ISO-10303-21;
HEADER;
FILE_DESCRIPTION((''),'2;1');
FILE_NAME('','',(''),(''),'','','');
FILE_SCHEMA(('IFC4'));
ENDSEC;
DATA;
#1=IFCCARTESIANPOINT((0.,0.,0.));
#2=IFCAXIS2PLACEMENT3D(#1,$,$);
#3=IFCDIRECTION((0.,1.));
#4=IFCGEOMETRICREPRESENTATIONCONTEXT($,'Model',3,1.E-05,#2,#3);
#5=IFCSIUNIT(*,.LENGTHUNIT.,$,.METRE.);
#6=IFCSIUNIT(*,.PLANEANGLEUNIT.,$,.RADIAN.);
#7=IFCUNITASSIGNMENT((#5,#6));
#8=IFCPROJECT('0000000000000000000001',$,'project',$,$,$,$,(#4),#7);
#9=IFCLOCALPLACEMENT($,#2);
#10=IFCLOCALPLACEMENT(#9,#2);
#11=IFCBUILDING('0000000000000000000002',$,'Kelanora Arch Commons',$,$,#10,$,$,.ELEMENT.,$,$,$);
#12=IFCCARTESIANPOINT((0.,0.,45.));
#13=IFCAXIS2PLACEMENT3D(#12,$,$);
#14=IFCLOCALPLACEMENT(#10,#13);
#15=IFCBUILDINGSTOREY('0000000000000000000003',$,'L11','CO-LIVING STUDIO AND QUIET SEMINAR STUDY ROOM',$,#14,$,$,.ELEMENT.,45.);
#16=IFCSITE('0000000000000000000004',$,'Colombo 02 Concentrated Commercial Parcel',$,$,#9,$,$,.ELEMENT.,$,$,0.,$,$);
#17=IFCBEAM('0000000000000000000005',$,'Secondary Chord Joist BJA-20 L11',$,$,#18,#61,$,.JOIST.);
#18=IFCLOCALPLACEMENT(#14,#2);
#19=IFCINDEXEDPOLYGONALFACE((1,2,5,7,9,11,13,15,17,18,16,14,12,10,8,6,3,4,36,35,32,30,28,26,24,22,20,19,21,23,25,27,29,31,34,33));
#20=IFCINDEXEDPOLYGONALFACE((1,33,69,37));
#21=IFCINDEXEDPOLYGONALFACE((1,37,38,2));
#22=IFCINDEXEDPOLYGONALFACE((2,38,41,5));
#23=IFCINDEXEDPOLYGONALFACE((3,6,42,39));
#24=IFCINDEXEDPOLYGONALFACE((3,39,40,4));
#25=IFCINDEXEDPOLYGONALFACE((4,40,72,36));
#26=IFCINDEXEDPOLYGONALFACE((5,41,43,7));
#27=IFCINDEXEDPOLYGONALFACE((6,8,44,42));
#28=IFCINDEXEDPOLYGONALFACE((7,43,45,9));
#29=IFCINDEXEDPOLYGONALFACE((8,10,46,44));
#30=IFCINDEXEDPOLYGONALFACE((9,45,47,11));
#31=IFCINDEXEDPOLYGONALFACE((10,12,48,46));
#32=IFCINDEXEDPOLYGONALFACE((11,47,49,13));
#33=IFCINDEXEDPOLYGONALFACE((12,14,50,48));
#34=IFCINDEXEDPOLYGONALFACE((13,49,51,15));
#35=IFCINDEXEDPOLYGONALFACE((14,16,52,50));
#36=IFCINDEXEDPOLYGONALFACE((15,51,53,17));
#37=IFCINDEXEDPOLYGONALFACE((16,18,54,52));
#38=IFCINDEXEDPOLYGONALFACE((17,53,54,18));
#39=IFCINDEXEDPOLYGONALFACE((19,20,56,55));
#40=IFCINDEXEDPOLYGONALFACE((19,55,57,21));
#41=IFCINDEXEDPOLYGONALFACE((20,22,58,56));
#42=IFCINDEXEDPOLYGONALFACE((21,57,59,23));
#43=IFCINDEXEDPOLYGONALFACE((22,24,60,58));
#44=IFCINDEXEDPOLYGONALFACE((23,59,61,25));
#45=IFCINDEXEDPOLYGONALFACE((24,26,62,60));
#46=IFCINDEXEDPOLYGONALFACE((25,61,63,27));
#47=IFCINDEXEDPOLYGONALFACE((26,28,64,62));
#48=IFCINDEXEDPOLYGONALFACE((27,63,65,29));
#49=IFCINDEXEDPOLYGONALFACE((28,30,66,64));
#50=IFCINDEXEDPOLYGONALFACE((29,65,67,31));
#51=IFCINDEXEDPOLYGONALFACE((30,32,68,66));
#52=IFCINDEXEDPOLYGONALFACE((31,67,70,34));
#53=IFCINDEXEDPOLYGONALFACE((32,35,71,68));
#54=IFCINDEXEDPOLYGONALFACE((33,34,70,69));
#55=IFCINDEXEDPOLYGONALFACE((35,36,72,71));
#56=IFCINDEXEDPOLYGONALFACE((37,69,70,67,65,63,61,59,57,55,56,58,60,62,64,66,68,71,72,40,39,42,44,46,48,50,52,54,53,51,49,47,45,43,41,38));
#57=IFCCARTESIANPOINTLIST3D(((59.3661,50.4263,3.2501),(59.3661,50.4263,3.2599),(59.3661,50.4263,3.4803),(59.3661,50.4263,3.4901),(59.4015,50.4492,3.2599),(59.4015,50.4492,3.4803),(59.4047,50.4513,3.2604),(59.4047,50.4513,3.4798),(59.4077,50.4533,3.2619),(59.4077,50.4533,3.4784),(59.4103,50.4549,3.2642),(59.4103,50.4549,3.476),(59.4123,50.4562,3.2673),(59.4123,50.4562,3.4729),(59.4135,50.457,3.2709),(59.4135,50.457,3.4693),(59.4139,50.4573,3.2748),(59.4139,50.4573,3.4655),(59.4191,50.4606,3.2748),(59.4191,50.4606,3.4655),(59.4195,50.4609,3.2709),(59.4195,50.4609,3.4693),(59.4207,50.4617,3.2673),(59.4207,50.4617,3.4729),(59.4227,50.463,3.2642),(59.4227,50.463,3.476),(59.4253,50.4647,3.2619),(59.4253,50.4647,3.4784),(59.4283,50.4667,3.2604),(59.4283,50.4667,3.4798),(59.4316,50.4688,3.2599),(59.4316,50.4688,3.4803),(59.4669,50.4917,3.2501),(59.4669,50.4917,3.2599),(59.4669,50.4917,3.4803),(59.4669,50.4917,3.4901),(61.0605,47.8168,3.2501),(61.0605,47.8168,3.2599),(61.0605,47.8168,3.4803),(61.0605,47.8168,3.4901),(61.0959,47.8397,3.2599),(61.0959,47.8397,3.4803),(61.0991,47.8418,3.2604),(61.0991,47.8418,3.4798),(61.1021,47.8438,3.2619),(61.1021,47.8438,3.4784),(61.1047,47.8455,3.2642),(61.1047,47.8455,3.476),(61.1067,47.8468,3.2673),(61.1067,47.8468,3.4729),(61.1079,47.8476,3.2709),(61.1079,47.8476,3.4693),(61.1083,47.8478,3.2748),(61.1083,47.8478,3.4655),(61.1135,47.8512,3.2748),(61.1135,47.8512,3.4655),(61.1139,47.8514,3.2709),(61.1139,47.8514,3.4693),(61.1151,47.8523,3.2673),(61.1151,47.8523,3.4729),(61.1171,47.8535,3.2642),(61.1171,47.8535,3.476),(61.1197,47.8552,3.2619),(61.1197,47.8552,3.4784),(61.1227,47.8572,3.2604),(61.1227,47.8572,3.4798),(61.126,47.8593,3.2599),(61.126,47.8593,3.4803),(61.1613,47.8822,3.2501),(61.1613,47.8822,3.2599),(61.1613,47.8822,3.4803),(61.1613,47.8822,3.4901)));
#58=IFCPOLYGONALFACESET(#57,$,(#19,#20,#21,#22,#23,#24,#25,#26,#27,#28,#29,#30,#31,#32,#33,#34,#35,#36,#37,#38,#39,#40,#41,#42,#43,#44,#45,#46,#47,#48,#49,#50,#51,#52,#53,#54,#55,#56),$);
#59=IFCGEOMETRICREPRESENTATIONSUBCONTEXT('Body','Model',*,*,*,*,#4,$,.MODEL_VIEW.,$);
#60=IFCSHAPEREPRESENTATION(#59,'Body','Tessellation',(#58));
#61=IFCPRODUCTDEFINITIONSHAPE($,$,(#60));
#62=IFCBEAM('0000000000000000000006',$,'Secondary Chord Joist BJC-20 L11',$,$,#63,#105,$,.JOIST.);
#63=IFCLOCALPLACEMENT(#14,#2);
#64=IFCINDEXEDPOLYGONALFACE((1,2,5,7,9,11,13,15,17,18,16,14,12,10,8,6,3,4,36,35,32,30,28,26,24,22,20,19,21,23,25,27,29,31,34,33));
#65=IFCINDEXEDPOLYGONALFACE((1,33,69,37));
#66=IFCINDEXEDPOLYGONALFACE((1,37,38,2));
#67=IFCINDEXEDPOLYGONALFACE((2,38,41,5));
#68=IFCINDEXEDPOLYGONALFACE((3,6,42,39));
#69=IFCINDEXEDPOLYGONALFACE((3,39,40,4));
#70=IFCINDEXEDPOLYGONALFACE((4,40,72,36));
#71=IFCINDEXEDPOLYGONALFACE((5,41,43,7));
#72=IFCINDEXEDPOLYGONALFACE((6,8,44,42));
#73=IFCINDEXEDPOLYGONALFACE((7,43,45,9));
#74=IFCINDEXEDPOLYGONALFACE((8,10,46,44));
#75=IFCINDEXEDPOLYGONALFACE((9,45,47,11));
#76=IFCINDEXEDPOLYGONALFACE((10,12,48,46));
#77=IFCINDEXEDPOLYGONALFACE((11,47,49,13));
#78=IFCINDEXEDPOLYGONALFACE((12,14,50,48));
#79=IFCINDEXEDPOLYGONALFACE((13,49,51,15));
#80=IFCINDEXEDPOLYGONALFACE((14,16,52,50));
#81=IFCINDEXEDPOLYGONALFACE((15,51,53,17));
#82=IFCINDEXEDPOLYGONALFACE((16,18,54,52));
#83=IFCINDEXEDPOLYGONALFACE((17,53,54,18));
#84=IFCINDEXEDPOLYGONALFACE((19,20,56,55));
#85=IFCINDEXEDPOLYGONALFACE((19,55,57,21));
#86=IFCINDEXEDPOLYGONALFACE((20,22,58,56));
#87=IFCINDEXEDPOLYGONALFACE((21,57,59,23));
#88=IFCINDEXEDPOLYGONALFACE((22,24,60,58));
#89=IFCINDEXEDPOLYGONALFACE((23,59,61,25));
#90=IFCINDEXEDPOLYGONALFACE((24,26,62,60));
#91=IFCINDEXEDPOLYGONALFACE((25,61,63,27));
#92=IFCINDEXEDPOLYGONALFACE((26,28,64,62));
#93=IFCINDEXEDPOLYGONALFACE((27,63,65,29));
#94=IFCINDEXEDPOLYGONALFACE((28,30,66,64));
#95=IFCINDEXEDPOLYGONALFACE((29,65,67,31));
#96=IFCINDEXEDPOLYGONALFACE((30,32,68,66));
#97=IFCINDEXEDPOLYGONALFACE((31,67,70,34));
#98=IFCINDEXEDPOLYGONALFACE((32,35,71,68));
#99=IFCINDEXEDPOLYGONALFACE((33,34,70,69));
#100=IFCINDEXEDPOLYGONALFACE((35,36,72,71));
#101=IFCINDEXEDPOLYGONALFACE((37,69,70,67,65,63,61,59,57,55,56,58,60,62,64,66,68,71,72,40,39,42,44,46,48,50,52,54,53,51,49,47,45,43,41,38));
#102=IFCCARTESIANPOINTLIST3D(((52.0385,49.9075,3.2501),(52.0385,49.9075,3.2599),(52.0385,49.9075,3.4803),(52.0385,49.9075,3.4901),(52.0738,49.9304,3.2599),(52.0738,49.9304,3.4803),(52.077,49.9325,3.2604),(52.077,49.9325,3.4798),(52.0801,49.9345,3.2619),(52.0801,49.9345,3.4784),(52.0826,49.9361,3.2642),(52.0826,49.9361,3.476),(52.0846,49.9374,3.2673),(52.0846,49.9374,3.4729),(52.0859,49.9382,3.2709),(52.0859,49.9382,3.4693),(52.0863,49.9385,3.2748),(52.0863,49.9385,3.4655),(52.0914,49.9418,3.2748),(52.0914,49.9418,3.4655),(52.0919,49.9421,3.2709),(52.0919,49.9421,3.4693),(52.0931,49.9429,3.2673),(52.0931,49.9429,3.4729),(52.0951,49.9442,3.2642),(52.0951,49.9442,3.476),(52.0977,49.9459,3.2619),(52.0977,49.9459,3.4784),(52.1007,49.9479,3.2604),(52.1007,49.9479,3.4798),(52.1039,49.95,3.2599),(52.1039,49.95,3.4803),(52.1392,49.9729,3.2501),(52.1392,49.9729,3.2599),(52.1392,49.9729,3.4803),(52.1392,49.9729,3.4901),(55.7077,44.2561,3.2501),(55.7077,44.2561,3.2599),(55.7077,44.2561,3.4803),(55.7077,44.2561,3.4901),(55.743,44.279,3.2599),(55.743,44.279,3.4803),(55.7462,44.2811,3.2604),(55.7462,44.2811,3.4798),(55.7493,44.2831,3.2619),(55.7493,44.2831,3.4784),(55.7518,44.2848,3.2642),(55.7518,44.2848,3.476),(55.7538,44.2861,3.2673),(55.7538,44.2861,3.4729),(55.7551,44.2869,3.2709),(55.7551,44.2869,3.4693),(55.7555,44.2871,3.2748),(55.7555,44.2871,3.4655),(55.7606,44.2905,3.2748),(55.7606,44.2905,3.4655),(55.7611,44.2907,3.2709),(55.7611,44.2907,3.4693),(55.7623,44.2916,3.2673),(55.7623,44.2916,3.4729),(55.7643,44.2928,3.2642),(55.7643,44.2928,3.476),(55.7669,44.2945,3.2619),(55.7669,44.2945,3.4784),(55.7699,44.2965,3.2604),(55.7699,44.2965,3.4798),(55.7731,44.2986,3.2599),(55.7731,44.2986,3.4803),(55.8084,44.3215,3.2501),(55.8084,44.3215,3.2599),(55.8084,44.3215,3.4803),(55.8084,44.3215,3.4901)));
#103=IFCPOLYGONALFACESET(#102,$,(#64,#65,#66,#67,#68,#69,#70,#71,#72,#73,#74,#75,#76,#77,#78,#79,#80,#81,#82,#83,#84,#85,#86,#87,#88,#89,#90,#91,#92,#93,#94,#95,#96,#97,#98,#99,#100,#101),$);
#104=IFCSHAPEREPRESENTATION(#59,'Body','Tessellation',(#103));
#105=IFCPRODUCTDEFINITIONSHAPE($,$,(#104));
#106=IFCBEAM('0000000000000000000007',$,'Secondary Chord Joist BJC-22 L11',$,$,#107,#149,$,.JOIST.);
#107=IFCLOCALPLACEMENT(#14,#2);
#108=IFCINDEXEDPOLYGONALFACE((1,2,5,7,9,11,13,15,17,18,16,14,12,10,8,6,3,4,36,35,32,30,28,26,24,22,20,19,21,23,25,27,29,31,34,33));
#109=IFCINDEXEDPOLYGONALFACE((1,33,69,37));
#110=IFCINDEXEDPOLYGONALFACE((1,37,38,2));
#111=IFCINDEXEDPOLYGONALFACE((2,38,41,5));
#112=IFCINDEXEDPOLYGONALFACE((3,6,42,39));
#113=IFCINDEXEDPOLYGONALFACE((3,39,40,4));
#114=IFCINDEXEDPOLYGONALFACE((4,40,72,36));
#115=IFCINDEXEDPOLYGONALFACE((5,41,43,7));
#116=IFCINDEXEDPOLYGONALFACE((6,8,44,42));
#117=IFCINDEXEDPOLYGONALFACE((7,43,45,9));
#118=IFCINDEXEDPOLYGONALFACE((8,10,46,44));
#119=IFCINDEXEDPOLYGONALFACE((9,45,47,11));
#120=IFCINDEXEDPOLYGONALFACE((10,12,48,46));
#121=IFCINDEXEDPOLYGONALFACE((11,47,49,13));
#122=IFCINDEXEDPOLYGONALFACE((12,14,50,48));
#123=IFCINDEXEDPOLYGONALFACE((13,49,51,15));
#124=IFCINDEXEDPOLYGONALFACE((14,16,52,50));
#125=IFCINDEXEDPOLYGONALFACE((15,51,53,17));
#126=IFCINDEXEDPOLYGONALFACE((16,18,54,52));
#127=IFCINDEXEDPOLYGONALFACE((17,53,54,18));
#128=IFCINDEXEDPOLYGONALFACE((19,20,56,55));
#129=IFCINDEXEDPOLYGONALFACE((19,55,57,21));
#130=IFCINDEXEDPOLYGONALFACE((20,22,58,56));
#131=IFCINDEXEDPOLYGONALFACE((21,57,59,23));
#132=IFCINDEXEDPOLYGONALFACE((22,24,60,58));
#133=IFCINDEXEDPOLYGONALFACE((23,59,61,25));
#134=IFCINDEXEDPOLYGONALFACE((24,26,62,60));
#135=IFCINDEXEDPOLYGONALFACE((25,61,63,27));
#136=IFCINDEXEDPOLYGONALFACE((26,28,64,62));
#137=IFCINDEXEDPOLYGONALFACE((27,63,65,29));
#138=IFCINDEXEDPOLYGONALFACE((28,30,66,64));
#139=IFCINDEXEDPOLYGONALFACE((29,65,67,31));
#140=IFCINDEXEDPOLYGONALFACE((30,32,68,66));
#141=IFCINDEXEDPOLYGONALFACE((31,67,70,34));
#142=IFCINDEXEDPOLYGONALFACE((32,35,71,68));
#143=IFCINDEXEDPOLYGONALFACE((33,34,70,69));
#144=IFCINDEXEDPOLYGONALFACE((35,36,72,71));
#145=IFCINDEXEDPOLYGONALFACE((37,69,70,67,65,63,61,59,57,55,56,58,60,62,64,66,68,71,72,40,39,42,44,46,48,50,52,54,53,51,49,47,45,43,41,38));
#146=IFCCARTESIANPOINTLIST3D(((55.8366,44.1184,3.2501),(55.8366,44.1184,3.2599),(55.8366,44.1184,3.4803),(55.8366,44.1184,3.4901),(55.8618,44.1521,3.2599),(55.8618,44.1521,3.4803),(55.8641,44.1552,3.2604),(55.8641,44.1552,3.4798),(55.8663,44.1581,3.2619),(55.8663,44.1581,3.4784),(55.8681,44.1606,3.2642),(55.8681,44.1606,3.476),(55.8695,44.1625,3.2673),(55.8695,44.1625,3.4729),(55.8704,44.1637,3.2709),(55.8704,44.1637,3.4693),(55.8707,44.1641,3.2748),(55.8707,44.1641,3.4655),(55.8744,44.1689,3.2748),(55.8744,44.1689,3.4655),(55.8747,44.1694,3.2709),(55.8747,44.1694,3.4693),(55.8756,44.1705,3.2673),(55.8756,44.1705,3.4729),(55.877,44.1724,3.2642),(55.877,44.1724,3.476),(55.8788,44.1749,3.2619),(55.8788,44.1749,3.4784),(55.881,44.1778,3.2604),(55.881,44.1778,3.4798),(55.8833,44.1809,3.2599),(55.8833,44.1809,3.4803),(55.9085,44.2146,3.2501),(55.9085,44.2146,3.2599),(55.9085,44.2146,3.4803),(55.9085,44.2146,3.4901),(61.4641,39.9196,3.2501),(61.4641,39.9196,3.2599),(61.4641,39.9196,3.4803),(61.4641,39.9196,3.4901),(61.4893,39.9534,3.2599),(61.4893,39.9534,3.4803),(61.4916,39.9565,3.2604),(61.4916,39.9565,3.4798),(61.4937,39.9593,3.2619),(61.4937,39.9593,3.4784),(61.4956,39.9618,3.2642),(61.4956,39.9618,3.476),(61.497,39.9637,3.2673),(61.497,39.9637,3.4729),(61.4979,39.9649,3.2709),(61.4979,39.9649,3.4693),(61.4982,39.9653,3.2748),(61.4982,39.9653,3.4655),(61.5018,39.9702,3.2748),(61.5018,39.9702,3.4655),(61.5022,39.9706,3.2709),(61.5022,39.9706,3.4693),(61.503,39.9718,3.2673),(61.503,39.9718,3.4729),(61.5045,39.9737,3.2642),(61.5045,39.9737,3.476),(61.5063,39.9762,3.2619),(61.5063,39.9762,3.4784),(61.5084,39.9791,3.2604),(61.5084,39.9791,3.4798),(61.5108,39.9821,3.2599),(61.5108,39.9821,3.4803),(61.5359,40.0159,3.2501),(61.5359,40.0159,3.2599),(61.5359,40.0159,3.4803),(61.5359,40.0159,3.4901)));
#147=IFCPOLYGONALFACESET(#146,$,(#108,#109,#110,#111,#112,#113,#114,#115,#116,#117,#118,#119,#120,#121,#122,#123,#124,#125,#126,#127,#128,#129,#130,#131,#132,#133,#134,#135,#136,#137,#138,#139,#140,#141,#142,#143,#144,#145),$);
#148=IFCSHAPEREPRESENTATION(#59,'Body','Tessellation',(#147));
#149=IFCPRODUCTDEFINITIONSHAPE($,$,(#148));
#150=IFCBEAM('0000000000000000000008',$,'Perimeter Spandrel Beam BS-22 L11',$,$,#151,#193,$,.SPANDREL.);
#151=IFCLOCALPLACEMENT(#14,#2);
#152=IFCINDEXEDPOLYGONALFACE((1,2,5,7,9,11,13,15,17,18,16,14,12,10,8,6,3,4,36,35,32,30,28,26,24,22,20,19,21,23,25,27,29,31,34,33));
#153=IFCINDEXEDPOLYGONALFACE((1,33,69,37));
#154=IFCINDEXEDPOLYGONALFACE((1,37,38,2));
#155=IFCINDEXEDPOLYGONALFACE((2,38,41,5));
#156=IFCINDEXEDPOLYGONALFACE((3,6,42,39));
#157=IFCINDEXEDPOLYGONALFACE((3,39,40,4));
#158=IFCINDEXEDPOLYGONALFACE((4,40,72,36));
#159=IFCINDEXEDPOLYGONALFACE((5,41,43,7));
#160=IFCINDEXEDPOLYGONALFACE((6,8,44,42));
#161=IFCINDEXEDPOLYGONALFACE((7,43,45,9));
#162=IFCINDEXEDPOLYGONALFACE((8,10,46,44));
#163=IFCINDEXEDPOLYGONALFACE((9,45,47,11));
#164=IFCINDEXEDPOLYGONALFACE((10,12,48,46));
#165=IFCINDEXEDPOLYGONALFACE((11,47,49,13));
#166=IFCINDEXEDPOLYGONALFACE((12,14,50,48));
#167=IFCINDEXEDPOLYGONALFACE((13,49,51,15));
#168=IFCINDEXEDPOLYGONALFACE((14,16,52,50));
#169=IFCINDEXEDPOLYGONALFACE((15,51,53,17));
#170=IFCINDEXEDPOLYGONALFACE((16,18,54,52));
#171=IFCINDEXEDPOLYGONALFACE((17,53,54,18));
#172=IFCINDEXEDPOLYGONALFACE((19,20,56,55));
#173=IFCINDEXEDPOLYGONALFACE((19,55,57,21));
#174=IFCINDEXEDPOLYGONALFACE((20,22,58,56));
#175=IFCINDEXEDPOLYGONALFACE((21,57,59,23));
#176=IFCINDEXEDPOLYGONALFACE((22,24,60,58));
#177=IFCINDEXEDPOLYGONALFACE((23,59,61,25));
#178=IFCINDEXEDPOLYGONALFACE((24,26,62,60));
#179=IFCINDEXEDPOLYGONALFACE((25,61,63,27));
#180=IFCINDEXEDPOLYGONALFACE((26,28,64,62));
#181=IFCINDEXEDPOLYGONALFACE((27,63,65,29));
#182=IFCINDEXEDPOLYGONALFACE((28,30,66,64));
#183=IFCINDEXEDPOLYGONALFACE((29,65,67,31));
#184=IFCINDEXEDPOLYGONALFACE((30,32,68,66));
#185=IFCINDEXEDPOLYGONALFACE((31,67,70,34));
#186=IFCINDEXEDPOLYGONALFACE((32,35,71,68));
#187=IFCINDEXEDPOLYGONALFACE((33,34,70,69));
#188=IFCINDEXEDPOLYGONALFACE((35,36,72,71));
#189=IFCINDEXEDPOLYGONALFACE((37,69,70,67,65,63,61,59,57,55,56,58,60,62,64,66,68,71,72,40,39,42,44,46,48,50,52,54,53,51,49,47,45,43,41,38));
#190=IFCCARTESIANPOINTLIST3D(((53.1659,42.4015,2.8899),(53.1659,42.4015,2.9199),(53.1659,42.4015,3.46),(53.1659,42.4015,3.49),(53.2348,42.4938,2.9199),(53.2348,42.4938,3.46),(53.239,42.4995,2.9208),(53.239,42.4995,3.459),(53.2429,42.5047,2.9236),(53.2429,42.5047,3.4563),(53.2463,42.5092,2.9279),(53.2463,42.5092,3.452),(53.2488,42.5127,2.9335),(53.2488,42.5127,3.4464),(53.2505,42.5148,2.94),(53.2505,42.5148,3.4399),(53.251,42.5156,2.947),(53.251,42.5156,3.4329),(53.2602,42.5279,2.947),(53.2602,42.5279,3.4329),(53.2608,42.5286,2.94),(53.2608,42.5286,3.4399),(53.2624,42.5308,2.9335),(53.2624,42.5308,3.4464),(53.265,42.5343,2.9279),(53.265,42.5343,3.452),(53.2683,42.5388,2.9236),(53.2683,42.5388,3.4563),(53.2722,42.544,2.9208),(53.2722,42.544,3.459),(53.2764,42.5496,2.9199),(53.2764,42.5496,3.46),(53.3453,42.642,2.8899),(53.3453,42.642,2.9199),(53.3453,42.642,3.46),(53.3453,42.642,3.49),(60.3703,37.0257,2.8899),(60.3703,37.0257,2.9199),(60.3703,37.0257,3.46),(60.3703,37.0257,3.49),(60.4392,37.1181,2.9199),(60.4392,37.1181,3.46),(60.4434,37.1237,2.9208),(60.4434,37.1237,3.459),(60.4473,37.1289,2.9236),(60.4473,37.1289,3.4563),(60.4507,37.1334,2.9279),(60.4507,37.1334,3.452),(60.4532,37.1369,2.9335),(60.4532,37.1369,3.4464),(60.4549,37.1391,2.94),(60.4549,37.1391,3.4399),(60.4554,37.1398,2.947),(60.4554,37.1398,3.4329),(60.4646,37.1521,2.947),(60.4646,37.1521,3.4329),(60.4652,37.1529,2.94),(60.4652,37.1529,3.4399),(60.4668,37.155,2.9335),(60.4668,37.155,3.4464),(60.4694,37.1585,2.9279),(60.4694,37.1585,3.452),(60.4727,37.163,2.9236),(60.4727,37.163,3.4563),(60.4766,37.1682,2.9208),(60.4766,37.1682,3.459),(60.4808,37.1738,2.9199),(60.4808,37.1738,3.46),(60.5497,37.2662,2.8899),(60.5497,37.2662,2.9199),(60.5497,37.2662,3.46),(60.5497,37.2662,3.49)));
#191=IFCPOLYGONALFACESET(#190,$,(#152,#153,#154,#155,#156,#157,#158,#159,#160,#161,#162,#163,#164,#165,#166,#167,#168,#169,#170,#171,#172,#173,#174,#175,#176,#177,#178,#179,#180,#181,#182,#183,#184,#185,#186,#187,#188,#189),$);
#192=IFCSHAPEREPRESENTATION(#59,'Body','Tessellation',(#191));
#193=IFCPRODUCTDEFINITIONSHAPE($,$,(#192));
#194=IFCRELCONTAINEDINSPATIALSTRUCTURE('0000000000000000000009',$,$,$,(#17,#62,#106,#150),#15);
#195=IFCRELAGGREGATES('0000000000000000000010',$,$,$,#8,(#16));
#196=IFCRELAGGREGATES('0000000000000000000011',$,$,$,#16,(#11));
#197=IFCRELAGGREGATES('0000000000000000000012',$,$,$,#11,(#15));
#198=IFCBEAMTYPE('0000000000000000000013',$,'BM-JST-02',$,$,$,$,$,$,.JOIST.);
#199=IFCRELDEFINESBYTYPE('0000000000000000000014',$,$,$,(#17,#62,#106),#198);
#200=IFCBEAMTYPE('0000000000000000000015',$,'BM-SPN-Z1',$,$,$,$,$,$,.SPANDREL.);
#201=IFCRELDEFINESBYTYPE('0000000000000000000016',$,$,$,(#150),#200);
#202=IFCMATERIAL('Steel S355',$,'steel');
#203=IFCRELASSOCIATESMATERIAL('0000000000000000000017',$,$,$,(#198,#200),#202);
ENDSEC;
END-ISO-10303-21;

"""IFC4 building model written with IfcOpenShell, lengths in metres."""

from ifc_helpers import new_model, si_unit, direction, frame, origin, origin_2d, place, context, subcontext, project, spatial, i_section, extrude, material, material_profile, profile_set, type_object, element, save


model = new_model("IFC4")

# Units and contexts
model_context = context("Model", 3, precision=1e-05, world=origin(), true_north=direction((0.0, 1.0)))
body_context = subcontext(model_context, "Body", "Model", "MODEL_VIEW")
ifc_project = project(units=[si_unit("LENGTHUNIT", "METRE"), si_unit("PLANEANGLEUNIT", "RADIAN")], contexts=[model_context])

# Site, building, storey
site_placement = place(None, origin())
site = spatial("IfcSite", under=ifc_project, at=site_placement, Name="Colombo 02 Concentrated Commercial Parcel", CompositionType="ELEMENT", RefElevation=0.0)
building_placement = place(site_placement, origin())
building = spatial("IfcBuilding", under=site, at=building_placement, Name="Kelanora Arch Commons", CompositionType="ELEMENT")
storey_placement = place(building_placement, frame((0.0, 0.0, 45.0)))
storey = spatial("IfcBuildingStorey", under=building, at=storey_placement, Name="L11", Description="CO-LIVING STUDIO AND QUIET SEMINAR STUDY ROOM", CompositionType="ELEMENT", Elevation=45.0)

# Beams
ifc_material_1 = material(Name="Steel S355", Category="steel")
ifc_material_profile_1 = material_profile(ifc_material_1, i_section(OverallWidth=0.1201, OverallDepth=0.24, WebThickness=0.0061, FlangeThickness=0.0098, FilletRadius=0.0149, at=origin_2d()), Name="IPE240")
ifc_profile_set_1 = profile_set([ifc_material_profile_1], Name="Steel S355")
beam_type_1 = type_object("IfcBeamType", Name="BM-JST-02", PredefinedType="JOIST", material=ifc_profile_set_1)
beam_1_placement = place(storey_placement, frame((59.4165, 50.459, 3.3701), z_axis=(0.544591, -0.838702, 0.0), x_axis=(0.838702, 0.544591, 0.0)))
element("IfcBeam", 1, at=beam_1_placement, inside=storey, type_object=beam_type_1, Name="Secondary Chord Joist BJA-20 L11", PredefinedType="JOIST", context=body_context, shape_type="SweptSolid", body=[
    extrude(i_section(OverallWidth=0.1201, OverallDepth=0.24, WebThickness=0.0061, FlangeThickness=0.0098, FilletRadius=0.0149, at=origin_2d()), origin(), (0.0, 0.0, 1.0), 3.1113),
])
beam_2_placement = place(storey_placement, frame((52.0889, 49.9402, 3.3701), z_axis=(0.54455, -0.838728, 0.0), x_axis=(0.838728, 0.54455, 0.0)))
element("IfcBeam", 2, at=beam_2_placement, inside=storey, type_object=beam_type_1, Name="Secondary Chord Joist BJC-20 L11", PredefinedType="JOIST", context=body_context, shape_type="SweptSolid", body=[
    extrude(i_section(OverallWidth=0.1201, OverallDepth=0.24, WebThickness=0.0061, FlangeThickness=0.0098, FilletRadius=0.0149, at=origin_2d()), origin(), (0.0, 0.0, 1.0), 6.738),
])
beam_3_placement = place(storey_placement, frame((55.8726, 44.1665, 3.3701), z_axis=(0.801491, -0.598006, 0.0), x_axis=(0.598006, 0.801491, 0.0)))
element("IfcBeam", 3, at=beam_3_placement, inside=storey, type_object=beam_type_1, Name="Secondary Chord Joist BJC-22 L11", PredefinedType="JOIST", context=body_context, shape_type="SweptSolid", body=[
    extrude(i_section(OverallWidth=0.1201, OverallDepth=0.24, WebThickness=0.0061, FlangeThickness=0.0098, FilletRadius=0.0149, at=origin_2d()), origin(), (0.0, 0.0, 1.0), 7.0212),
])
ifc_material_profile_2 = material_profile(ifc_material_1, i_section(OverallWidth=0.3, OverallDepth=0.6001, WebThickness=0.0154, FlangeThickness=0.03, FilletRadius=0.0271, at=origin_2d()), Name="HEB600")
ifc_profile_set_2 = profile_set([ifc_material_profile_2], Name="Steel S355")
beam_type_2 = type_object("IfcBeamType", Name="BM-SPN-Z1", PredefinedType="SPANDREL", material=ifc_profile_set_2)
beam_4_placement = place(storey_placement, frame((53.2556, 42.5217, 3.1899), z_axis=(0.801468, -0.598038, 0.0), x_axis=(0.598038, 0.801468, 0.0)))
element("IfcBeam", 4, at=beam_4_placement, inside=storey, type_object=beam_type_2, Name="Perimeter Spandrel Beam BS-22 L11", PredefinedType="SPANDREL", context=body_context, shape_type="SweptSolid", body=[
    extrude(i_section(OverallWidth=0.3, OverallDepth=0.6001, WebThickness=0.0154, FlangeThickness=0.03, FilletRadius=0.0271, at=origin_2d()), origin(), (0.0, 0.0, 1.0), 8.989),
])

save(model, "model.ifc")
